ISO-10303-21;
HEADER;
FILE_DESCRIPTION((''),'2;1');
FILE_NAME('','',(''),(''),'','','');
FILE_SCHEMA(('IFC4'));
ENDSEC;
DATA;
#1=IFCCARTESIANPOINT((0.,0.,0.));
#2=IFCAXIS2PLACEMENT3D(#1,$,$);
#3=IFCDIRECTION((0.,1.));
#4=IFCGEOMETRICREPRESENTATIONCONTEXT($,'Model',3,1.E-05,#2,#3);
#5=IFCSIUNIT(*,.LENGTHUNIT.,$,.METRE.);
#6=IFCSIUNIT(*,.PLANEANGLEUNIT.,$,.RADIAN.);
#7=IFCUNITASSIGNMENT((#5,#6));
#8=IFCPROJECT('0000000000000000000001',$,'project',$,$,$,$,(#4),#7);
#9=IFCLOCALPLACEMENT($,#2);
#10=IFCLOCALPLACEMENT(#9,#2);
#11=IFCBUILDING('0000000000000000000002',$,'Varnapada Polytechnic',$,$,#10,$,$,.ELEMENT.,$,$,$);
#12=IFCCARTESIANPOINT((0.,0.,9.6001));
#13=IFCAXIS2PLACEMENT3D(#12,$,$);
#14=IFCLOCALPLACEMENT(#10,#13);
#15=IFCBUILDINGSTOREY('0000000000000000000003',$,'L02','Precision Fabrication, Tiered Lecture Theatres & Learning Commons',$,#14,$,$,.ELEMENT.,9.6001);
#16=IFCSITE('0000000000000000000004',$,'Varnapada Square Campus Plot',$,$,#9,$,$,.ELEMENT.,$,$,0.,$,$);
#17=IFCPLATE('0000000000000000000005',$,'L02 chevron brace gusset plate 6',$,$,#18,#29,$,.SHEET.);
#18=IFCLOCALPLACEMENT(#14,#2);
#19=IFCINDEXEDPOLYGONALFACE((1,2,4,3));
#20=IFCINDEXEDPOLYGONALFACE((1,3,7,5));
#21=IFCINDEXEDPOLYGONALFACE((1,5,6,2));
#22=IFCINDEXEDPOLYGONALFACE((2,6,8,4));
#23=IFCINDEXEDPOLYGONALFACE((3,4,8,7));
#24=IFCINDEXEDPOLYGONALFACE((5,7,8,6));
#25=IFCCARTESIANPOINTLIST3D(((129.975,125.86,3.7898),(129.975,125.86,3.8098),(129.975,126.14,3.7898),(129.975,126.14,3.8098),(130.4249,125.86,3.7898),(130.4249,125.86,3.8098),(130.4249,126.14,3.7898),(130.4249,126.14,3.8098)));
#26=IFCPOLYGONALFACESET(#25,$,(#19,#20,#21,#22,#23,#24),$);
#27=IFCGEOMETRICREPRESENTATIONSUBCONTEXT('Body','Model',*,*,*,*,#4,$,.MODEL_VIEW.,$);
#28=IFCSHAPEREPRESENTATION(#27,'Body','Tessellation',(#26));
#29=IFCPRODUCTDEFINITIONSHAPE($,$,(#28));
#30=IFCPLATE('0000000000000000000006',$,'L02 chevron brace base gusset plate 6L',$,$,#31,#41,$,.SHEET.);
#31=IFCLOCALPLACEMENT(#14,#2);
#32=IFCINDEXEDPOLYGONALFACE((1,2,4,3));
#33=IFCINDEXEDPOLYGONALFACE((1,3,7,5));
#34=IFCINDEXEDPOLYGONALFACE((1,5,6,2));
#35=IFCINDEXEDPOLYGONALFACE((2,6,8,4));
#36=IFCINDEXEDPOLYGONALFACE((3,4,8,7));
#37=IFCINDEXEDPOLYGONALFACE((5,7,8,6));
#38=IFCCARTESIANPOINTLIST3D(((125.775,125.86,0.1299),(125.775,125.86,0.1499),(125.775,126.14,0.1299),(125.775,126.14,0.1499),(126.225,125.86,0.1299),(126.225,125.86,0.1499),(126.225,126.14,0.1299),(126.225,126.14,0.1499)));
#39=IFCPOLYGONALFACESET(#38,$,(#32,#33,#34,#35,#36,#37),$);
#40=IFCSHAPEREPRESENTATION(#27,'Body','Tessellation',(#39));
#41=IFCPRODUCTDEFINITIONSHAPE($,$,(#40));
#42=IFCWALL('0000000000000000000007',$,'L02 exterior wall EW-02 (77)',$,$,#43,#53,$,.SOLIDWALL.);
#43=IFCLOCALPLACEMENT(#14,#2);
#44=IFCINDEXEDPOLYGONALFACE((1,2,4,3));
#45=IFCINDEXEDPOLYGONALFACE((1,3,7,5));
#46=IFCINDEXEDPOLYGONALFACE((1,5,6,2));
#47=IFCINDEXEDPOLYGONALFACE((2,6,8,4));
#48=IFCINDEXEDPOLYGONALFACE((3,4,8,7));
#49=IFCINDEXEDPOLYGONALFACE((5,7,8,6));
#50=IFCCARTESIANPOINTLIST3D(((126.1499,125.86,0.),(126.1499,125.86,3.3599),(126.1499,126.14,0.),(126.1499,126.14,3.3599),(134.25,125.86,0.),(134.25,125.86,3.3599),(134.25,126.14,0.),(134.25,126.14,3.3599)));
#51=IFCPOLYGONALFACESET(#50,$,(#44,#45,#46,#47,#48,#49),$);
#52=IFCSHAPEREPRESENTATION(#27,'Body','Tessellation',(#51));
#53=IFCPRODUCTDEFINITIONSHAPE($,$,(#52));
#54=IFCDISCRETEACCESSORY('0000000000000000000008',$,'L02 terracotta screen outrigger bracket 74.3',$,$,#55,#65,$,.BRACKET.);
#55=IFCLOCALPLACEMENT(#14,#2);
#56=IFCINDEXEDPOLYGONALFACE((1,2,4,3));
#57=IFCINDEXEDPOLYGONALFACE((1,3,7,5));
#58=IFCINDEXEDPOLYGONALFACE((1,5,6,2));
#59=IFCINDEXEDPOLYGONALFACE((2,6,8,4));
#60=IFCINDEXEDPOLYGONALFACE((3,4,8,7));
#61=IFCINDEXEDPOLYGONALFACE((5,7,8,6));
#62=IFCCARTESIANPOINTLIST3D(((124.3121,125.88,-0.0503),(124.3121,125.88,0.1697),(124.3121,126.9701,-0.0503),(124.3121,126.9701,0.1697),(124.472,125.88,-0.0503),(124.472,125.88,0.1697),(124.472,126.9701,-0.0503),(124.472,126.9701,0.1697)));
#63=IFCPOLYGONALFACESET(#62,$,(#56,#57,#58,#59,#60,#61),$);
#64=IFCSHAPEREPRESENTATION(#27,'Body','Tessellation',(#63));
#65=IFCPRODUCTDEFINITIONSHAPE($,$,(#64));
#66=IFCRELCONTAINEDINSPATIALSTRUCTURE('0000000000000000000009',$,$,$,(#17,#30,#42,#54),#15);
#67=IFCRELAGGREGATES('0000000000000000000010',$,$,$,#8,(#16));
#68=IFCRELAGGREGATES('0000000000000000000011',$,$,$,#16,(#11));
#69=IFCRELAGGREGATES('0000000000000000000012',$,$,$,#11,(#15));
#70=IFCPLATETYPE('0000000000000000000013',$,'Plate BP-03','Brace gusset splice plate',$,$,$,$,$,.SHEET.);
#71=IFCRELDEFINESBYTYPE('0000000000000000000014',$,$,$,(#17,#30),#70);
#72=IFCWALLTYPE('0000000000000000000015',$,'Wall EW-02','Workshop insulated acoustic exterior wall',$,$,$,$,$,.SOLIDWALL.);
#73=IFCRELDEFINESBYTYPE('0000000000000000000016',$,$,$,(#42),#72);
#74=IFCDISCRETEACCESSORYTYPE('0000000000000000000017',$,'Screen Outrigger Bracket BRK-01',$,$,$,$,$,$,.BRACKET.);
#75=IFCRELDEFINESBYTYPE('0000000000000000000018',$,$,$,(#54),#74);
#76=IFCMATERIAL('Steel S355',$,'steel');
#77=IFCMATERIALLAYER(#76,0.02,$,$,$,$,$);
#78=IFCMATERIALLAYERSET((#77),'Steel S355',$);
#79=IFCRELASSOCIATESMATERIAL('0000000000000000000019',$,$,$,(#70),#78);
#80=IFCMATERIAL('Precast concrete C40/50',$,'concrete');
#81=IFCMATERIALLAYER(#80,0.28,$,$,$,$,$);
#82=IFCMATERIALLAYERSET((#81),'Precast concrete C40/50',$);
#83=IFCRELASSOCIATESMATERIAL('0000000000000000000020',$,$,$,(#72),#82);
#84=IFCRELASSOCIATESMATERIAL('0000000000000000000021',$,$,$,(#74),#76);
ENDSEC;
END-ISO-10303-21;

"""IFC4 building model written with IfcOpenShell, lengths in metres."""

from ifc_helpers import new_model, si_unit, direction, frame, frame_2d, origin, origin_2d, place, context, subcontext, project, spatial, rectangle, extrude, material, layer, layer_set, type_object, element, save


model = new_model("IFC4")

# Units and contexts
model_context = context("Model", 3, precision=1e-05, world=origin(), true_north=direction((0.0, 1.0)))
body_context = subcontext(model_context, "Body", "Model", "MODEL_VIEW")
ifc_project = project(units=[si_unit("LENGTHUNIT", "METRE"), si_unit("PLANEANGLEUNIT", "RADIAN")], contexts=[model_context])

# Site, building, storey
site_placement = place(None, origin())
site = spatial("IfcSite", under=ifc_project, at=site_placement, Name="Varnapada Square Campus Plot", CompositionType="ELEMENT", RefElevation=0.0)
building_placement = place(site_placement, origin())
building = spatial("IfcBuilding", under=site, at=building_placement, Name="Varnapada Polytechnic", CompositionType="ELEMENT")
storey_placement = place(building_placement, frame((0.0, 0.0, 9.6001)))
storey = spatial("IfcBuildingStorey", under=building, at=storey_placement, Name="L02", Description="Precision Fabrication, Tiered Lecture Theatres & Learning Commons", CompositionType="ELEMENT", Elevation=9.6001)

# Shared definitions
ifc_material_1 = material(Name="Steel S355", Category="steel")

# Plates
ifc_layer_1 = layer(ifc_material_1, 0.02)
ifc_layer_set_1 = layer_set([ifc_layer_1], Name="Steel S355")
plate_type_1 = type_object("IfcPlateType", Name="Plate BP-03", Description="Brace gusset splice plate", PredefinedType="SHEET", material=ifc_layer_set_1)
for number, where, z_axis, x_axis, name in (
    (1, (130.2, 126.0, 3.7898), (0.0, 0.0, 1.0), (1.0, 0.0, 0.0), "L02 chevron brace gusset plate 6"),
    (2, (126.0, 126.0, 0.1299), (0.0, 0.0, 1.0), (1.0, 0.0, 0.0), "L02 chevron brace base gusset plate 6L"),
):
    element("IfcPlate", number, at=place(storey_placement, frame(where, z_axis=z_axis, x_axis=x_axis)), inside=storey, type_object=plate_type_1, Name=name, PredefinedType="SHEET", context=body_context, shape_type="SweptSolid", body=[
        extrude(rectangle(XDim=0.45, YDim=0.28, at=origin_2d()), origin(), (0.0, 0.0, 1.0), 0.02),
    ])

# Wall
ifc_material_2 = material(Name="Precast concrete C40/50", Category="concrete")
ifc_layer_2 = layer(ifc_material_2, 0.28)
ifc_layer_set_2 = layer_set([ifc_layer_2], Name="Precast concrete C40/50")
wall_type = type_object("IfcWallType", Name="Wall EW-02", Description="Workshop insulated acoustic exterior wall", PredefinedType="SOLIDWALL", material=ifc_layer_set_2)
wall_placement = place(storey_placement, frame((126.1499, 126.0, 0.0), z_axis=(0.0, 0.0, 1.0), x_axis=(1.0, 0.0, 0.0)))
element("IfcWall", 3, at=wall_placement, inside=storey, type_object=wall_type, Name="L02 exterior wall EW-02 (77)", PredefinedType="SOLIDWALL", context=body_context, shape_type="SweptSolid", body=[
    extrude(rectangle(XDim=8.1001, YDim=0.28, at=frame_2d((4.05, 0.0))), origin(), (0.0, 0.0, 1.0), 3.3599),
])

# Discrete accessory
discrete_accessory_type = type_object("IfcDiscreteAccessoryType", Name="Screen Outrigger Bracket BRK-01", PredefinedType="BRACKET", material=ifc_material_1)
discrete_accessory_placement = place(storey_placement, frame((124.3921, 126.425, -0.0503), z_axis=(0.0, 0.0, 1.0), x_axis=(1.0, 0.0, 0.0)))
element("IfcDiscreteAccessory", 4, at=discrete_accessory_placement, inside=storey, type_object=discrete_accessory_type, Name="L02 terracotta screen outrigger bracket 74.3", PredefinedType="BRACKET", context=body_context, shape_type="SweptSolid", body=[
    extrude(rectangle(XDim=0.1599, YDim=1.0901, at=origin_2d()), origin(), (0.0, 0.0, 1.0), 0.22),
])

save(model, "model.ifc")
